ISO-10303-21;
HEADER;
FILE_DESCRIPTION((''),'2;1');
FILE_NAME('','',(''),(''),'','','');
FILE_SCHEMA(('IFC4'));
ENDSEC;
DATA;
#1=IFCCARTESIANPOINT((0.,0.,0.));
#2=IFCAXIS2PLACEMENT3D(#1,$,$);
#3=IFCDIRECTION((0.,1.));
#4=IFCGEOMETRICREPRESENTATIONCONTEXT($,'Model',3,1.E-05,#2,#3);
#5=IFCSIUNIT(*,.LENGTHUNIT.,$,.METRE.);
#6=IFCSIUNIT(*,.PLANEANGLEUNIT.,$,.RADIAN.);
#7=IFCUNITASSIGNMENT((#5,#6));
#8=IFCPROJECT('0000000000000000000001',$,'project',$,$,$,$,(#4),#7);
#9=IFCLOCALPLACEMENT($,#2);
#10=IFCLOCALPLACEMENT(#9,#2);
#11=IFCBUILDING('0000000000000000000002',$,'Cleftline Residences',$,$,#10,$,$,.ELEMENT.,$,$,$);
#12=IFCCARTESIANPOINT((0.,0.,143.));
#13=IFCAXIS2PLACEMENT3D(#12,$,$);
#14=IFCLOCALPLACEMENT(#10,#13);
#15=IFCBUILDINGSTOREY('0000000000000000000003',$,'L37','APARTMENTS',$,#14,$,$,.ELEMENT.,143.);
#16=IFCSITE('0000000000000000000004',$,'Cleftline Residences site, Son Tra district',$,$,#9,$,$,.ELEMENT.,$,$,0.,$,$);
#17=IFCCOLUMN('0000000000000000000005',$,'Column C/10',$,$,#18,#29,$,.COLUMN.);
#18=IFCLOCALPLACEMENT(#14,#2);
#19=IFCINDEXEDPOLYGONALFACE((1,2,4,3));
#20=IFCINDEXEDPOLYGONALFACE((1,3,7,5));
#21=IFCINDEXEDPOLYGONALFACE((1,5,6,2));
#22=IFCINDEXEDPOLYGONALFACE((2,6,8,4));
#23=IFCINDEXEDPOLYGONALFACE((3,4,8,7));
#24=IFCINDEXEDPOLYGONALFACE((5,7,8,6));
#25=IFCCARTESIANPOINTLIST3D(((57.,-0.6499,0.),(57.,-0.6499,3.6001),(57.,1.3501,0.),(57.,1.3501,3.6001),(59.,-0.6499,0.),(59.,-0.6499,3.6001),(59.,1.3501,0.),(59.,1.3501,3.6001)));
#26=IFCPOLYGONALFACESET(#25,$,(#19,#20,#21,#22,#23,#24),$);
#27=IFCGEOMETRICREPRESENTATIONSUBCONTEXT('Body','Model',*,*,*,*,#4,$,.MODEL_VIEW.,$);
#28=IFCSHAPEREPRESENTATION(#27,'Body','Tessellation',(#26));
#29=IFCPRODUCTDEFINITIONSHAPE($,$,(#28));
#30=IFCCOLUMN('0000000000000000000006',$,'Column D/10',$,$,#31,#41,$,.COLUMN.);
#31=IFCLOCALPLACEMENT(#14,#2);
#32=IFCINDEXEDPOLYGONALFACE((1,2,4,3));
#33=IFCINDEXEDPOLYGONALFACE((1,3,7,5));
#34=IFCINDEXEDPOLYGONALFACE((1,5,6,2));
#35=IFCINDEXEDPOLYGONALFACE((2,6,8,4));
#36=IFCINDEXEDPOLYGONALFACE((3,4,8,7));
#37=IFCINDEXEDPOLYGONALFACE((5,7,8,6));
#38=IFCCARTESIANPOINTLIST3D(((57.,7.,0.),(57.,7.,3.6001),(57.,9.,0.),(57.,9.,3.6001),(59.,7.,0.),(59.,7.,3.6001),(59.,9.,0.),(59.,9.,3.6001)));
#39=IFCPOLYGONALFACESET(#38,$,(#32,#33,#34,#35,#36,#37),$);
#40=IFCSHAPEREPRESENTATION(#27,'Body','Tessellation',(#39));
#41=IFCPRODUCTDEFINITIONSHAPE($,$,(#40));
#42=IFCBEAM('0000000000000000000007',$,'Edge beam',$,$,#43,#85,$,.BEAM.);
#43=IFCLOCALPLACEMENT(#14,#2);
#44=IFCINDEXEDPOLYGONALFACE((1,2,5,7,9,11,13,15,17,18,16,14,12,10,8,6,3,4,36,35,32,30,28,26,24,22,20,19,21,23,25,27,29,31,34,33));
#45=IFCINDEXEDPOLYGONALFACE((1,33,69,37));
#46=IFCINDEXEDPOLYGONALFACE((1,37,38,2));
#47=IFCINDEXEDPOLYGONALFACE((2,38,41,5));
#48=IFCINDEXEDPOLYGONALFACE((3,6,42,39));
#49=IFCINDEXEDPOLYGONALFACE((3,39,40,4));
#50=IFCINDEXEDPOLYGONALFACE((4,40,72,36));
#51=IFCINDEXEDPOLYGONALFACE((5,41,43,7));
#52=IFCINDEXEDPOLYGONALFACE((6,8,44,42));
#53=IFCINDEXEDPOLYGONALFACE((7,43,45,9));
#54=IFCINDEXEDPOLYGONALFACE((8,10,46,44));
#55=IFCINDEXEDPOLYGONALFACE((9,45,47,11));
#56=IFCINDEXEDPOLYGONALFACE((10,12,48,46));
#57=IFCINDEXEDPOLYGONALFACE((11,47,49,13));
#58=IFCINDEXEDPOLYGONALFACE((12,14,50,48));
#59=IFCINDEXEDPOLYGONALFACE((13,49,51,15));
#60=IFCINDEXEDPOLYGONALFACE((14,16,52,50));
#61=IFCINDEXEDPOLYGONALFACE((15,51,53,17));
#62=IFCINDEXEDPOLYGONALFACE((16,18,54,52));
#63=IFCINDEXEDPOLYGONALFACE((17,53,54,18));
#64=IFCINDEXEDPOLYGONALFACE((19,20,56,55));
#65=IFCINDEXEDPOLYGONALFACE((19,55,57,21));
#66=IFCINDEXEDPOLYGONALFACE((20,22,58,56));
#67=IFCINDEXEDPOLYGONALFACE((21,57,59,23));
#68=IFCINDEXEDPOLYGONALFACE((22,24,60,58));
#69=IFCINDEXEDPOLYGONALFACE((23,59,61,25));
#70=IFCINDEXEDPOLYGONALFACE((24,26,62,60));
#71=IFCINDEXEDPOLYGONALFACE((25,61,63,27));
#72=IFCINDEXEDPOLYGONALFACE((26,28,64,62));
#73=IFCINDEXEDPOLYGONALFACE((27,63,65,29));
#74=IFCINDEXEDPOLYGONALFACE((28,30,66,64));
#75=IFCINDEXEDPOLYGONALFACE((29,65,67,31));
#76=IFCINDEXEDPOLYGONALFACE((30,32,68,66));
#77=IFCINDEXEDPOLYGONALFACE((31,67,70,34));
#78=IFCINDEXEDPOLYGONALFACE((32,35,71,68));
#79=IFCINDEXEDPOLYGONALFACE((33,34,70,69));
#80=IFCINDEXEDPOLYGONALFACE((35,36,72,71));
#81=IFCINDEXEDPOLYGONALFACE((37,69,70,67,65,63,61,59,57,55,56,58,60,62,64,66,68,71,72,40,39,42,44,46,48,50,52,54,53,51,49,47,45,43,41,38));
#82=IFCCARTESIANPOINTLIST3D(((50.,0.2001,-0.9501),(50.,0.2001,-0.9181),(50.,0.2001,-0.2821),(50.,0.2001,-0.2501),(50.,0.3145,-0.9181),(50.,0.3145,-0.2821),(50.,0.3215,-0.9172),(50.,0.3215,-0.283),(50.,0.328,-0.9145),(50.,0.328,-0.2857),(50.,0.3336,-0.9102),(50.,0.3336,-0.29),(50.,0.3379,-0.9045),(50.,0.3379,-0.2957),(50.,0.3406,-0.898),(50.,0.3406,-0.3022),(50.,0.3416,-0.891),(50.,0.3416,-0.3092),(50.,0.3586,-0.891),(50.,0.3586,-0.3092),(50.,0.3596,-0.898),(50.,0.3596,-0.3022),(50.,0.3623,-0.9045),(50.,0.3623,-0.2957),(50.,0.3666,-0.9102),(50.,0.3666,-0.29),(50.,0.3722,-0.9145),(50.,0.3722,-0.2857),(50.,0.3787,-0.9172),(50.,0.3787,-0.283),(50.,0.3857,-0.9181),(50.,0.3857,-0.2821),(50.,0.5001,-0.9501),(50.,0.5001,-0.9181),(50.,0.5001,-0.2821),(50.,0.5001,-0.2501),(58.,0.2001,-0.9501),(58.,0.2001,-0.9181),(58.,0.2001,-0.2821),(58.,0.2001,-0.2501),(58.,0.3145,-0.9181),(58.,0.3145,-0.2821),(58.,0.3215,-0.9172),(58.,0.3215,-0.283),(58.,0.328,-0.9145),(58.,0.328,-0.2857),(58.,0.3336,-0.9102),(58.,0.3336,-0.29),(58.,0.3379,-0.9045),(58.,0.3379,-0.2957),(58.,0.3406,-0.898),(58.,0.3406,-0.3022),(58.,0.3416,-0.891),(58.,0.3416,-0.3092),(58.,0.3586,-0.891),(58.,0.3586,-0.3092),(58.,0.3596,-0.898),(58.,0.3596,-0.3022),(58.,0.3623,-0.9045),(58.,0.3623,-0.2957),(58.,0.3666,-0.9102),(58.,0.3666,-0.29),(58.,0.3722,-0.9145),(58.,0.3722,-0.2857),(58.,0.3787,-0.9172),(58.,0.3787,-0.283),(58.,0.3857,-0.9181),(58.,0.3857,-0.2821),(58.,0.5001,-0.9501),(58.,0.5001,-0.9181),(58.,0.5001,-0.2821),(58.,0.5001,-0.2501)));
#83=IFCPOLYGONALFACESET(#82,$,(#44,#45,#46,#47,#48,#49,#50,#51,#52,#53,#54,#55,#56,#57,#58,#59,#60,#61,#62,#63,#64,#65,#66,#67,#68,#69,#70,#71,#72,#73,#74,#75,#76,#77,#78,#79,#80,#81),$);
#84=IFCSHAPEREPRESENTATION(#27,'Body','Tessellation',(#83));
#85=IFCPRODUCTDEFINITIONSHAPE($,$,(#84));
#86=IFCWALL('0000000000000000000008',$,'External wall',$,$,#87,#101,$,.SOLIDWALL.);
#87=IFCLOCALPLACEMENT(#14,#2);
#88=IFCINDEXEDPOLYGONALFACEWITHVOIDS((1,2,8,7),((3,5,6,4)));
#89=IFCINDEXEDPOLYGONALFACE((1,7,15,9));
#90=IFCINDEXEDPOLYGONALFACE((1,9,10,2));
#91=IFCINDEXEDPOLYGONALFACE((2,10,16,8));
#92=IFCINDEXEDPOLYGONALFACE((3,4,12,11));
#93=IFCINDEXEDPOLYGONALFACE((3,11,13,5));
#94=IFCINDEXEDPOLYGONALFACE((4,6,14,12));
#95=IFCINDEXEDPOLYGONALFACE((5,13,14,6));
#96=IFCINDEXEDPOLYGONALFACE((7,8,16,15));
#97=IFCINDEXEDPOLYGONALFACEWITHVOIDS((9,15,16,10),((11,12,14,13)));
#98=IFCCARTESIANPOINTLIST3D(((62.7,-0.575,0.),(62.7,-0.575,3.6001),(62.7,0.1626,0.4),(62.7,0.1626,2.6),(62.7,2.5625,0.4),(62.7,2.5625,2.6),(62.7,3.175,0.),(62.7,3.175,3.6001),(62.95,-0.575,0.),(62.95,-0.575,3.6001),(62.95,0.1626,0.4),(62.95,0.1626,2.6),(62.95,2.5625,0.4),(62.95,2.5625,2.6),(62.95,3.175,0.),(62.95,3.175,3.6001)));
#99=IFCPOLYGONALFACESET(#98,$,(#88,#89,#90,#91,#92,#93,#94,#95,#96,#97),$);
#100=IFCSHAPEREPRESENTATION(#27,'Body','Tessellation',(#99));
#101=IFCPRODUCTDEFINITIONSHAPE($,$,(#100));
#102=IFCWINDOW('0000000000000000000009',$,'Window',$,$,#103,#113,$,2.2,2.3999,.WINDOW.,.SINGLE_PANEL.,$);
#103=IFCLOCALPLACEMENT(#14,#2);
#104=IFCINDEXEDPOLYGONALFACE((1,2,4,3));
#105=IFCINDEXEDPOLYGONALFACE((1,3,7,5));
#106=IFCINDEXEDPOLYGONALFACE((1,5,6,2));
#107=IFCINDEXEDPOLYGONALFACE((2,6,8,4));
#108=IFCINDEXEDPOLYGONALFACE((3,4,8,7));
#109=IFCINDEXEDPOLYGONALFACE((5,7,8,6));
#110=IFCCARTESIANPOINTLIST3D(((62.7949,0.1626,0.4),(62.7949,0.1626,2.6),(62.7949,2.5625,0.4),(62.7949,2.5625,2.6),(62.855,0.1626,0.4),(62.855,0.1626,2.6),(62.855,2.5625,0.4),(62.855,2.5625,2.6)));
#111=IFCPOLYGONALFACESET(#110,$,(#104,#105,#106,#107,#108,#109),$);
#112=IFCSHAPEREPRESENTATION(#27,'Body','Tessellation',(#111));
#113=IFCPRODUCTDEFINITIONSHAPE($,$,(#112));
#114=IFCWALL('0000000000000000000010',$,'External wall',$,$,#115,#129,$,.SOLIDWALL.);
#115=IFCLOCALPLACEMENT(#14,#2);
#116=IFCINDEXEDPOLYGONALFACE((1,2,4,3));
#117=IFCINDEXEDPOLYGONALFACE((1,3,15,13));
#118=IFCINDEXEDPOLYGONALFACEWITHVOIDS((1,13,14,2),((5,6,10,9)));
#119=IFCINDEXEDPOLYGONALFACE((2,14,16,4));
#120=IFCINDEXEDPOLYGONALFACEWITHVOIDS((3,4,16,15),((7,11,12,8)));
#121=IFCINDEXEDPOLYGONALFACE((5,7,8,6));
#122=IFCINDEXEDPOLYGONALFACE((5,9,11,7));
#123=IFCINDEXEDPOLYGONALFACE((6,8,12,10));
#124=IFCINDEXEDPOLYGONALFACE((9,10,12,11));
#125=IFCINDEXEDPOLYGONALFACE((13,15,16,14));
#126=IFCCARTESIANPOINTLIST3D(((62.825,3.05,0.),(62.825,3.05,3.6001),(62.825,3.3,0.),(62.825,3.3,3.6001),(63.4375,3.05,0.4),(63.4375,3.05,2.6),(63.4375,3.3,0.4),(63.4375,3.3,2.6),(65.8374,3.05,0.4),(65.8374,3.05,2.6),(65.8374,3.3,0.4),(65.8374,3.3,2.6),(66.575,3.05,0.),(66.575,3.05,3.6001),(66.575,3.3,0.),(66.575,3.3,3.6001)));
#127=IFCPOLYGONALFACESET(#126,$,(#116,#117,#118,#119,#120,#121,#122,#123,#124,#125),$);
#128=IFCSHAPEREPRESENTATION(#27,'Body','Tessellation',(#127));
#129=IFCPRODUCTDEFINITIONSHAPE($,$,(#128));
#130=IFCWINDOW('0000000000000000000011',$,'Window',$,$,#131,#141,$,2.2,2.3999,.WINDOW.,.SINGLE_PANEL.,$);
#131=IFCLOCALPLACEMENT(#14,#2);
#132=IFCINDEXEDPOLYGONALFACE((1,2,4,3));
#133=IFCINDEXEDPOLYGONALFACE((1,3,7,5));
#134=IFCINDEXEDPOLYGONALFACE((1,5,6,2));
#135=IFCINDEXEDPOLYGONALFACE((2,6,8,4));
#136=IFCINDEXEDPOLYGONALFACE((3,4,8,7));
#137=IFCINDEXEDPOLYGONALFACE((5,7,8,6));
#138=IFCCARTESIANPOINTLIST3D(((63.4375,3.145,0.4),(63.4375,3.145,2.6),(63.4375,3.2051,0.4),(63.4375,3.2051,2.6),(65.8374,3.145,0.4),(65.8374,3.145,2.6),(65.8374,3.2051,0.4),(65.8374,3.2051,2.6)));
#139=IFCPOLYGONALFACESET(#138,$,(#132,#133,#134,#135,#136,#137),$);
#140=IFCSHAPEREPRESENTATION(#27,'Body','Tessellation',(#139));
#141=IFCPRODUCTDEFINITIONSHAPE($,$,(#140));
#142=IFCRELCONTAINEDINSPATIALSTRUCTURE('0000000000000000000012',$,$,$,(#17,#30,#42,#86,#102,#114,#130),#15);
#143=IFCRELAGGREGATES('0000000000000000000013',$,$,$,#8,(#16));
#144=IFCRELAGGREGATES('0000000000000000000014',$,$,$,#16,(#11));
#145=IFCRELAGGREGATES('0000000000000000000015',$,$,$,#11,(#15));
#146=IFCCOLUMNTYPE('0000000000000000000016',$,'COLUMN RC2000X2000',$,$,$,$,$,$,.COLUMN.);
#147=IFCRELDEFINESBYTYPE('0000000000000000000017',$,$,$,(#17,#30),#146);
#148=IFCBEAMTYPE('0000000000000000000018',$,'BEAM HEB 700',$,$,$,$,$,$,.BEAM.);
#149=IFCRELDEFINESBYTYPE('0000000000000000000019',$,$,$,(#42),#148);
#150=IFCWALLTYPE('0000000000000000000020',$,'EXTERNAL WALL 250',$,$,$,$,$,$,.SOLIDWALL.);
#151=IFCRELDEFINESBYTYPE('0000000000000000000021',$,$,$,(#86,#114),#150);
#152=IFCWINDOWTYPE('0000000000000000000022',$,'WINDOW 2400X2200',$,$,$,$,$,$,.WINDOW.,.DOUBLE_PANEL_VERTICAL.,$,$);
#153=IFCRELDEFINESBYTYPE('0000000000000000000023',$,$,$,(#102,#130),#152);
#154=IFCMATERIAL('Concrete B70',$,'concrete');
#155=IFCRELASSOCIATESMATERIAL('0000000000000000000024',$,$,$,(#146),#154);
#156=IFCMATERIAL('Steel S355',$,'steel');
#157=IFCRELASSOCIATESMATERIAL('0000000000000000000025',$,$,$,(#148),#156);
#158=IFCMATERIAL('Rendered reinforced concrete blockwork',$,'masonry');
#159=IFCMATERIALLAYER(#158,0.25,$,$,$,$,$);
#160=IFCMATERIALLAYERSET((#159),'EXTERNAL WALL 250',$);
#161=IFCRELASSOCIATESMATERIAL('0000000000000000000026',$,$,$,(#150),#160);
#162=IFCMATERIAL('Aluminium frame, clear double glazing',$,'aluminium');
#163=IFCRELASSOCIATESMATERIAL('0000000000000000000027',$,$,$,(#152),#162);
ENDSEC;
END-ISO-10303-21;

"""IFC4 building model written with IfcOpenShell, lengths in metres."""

from ifc_helpers import new_model, si_unit, direction, frame, frame_2d, origin, origin_2d, place, context, subcontext, project, spatial, rectangle, i_section, extrude, material, layer, layer_set, material_profile, profile_set, type_object, element, fill, save


model = new_model("IFC4")

# Units and contexts
model_context = context("Model", 3, precision=1e-05, world=origin(), true_north=direction((0.0, 1.0)))
body_context = subcontext(model_context, "Body", "Model", "MODEL_VIEW")
ifc_project = project(units=[si_unit("LENGTHUNIT", "METRE"), si_unit("PLANEANGLEUNIT", "RADIAN")], contexts=[model_context])

# Site, building, storey
site_placement = place(None, origin())
site = spatial("IfcSite", under=ifc_project, at=site_placement, Name="Cleftline Residences site, Son Tra district", CompositionType="ELEMENT", RefElevation=0.0)
building_placement = place(site_placement, origin())
building = spatial("IfcBuilding", under=site, at=building_placement, Name="Cleftline Residences", CompositionType="ELEMENT")
storey_placement = place(building_placement, frame((0.0, 0.0, 143.0)))
storey = spatial("IfcBuildingStorey", under=building, at=storey_placement, Name="L37", Description="APARTMENTS", CompositionType="ELEMENT", Elevation=143.0)

# Columns
ifc_material_1 = material(Name="Concrete B70", Category="concrete")
ifc_material_profile_1 = material_profile(ifc_material_1, rectangle(XDim=2.0, YDim=2.0, at=origin_2d()))
ifc_profile_set_1 = profile_set([ifc_material_profile_1], Name="Concrete B70")
column_type = type_object("IfcColumnType", Name="COLUMN RC2000X2000", PredefinedType="COLUMN", material=ifc_profile_set_1)
for number, where, z_axis, x_axis, name in (
    (1, (58.0, 0.3501, 0.0), (0.0, 0.0, 1.0), (1.0, 0.0, 0.0), "Column C/10"),
    (2, (58.0, 8.0, 0.0), (0.0, 0.0, 1.0), (1.0, 0.0, 0.0), "Column D/10"),
):
    element("IfcColumn", number, at=place(storey_placement, frame(where, z_axis=z_axis, x_axis=x_axis)), inside=storey, type_object=column_type, Name=name, PredefinedType="COLUMN", context=body_context, shape_type="SweptSolid", body=[
        extrude(rectangle(XDim=2.0, YDim=2.0, at=origin_2d()), origin(), (0.0, 0.0, 1.0), 3.6001),
    ])

# Beam
ifc_material_2 = material(Name="Steel S355", Category="steel")
ifc_material_profile_2 = material_profile(ifc_material_2, i_section(OverallWidth=0.3, OverallDepth=0.7, WebThickness=0.0171, FlangeThickness=0.032, FilletRadius=0.0271, at=origin_2d()))
ifc_profile_set_2 = profile_set([ifc_material_profile_2], Name="Steel S355")
beam_type = type_object("IfcBeamType", Name="BEAM HEB 700", PredefinedType="BEAM", material=ifc_profile_set_2)
beam_placement = place(storey_placement, frame((58.0, 0.3501, -0.6001), z_axis=(-1.0, 0.0, 0.0), x_axis=(0.0, -1.0, 0.0)))
element("IfcBeam", 3, at=beam_placement, inside=storey, type_object=beam_type, Name="Edge beam", PredefinedType="BEAM", context=body_context, shape_type="SweptSolid", body=[
    extrude(i_section(OverallWidth=0.3, OverallDepth=0.7, WebThickness=0.0171, FlangeThickness=0.032, FilletRadius=0.0271, at=origin_2d()), origin(), (0.0, 0.0, 1.0), 8.0),
])

# Walls, openings, windows
ifc_material_3 = material(Name="Rendered reinforced concrete blockwork", Category="masonry")
ifc_layer_1 = layer(ifc_material_3, 0.25)
ifc_layer_set_1 = layer_set([ifc_layer_1], Name="EXTERNAL WALL 250")
wall_type_1 = type_object("IfcWallType", Name="EXTERNAL WALL 250", PredefinedType="SOLIDWALL", material=ifc_layer_set_1)
wall_1_placement = place(storey_placement, frame((62.825, -0.575, 0.0), z_axis=(0.0, 0.0, 1.0), x_axis=(0.0, 1.0, 0.0)))
wall_1 = element("IfcWall", 4, at=wall_1_placement, inside=storey, type_object=wall_type_1, Name="External wall", PredefinedType="SOLIDWALL", context=body_context, shape_type="SweptSolid", body=[
    extrude(rectangle(XDim=3.75, YDim=0.25, at=frame_2d((1.875, 0.0))), origin(), (0.0, 0.0, 1.0), 3.6001),
])
opening_1_placement = place(wall_1_placement, frame((0.7375, 0.0, 0.3999)))
opening_1 = element("IfcOpeningElement", 5, at=opening_1_placement, cuts=wall_1, PredefinedType="OPENING", context=body_context, shape_type="SweptSolid", body=[
    extrude(rectangle(XDim=2.3999, YDim=2.2, at=frame_2d((1.2, 1.1001))), frame((0.0, 0.135, 0.0), z_axis=(0.0, -1.0, 0.0), x_axis=(1.0, 0.0, 0.0)), (0.0, 0.0, 1.0), 0.27),
])
ifc_material_4 = material(Name="Aluminium frame, clear double glazing", Category="aluminium")
window_type = type_object("IfcWindowType", Name="WINDOW 2400X2200", PartitioningType="DOUBLE_PANEL_VERTICAL", PredefinedType="WINDOW", material=ifc_material_4)
window_1_placement = place(opening_1_placement, origin())
window_1 = element("IfcWindow", 6, at=window_1_placement, inside=storey, type_object=window_type, Name="Window", OverallHeight=2.2, OverallWidth=2.3999, PartitioningType="SINGLE_PANEL", PredefinedType="WINDOW", context=body_context, shape_type="SweptSolid", body=[
    extrude(rectangle(XDim=2.3999, YDim=2.2, at=frame_2d((1.2, 1.1001))), frame((0.0, 0.03, 0.0), z_axis=(0.0, -1.0, 0.0), x_axis=(1.0, 0.0, 0.0)), (0.0, 0.0, 1.0), 0.0601),
])
fill(opening_1, window_1)
wall_2_placement = place(storey_placement, frame((62.825, 3.175, 0.0), z_axis=(0.0, 0.0, 1.0), x_axis=(1.0, 0.0, 0.0)))
wall_2 = element("IfcWall", 7, at=wall_2_placement, inside=storey, type_object=wall_type_1, Name="External wall", PredefinedType="SOLIDWALL", context=body_context, shape_type="SweptSolid", body=[
    extrude(rectangle(XDim=3.75, YDim=0.25, at=frame_2d((1.875, 0.0))), origin(), (0.0, 0.0, 1.0), 3.6001),
])
opening_2_placement = place(wall_2_placement, frame((0.6125, 0.0, 0.3999)))
opening_2 = element("IfcOpeningElement", 8, at=opening_2_placement, cuts=wall_2, PredefinedType="OPENING", context=body_context, shape_type="SweptSolid", body=[
    extrude(rectangle(XDim=2.3999, YDim=2.2, at=frame_2d((1.2, 1.1001))), frame((0.0, 0.135, 0.0), z_axis=(0.0, -1.0, 0.0), x_axis=(1.0, 0.0, 0.0)), (0.0, 0.0, 1.0), 0.27),
])
window_2_placement = place(opening_2_placement, origin())
window_2 = element("IfcWindow", 9, at=window_2_placement, inside=storey, type_object=window_type, Name="Window", OverallHeight=2.2, OverallWidth=2.3999, PartitioningType="SINGLE_PANEL", PredefinedType="WINDOW", context=body_context, shape_type="SweptSolid", body=[
    extrude(rectangle(XDim=2.3999, YDim=2.2, at=frame_2d((1.2, 1.1001))), frame((0.0, 0.03, 0.0), z_axis=(0.0, -1.0, 0.0), x_axis=(1.0, 0.0, 0.0)), (0.0, 0.0, 1.0), 0.0601),
])
fill(opening_2, window_2)

save(model, "model.ifc")
